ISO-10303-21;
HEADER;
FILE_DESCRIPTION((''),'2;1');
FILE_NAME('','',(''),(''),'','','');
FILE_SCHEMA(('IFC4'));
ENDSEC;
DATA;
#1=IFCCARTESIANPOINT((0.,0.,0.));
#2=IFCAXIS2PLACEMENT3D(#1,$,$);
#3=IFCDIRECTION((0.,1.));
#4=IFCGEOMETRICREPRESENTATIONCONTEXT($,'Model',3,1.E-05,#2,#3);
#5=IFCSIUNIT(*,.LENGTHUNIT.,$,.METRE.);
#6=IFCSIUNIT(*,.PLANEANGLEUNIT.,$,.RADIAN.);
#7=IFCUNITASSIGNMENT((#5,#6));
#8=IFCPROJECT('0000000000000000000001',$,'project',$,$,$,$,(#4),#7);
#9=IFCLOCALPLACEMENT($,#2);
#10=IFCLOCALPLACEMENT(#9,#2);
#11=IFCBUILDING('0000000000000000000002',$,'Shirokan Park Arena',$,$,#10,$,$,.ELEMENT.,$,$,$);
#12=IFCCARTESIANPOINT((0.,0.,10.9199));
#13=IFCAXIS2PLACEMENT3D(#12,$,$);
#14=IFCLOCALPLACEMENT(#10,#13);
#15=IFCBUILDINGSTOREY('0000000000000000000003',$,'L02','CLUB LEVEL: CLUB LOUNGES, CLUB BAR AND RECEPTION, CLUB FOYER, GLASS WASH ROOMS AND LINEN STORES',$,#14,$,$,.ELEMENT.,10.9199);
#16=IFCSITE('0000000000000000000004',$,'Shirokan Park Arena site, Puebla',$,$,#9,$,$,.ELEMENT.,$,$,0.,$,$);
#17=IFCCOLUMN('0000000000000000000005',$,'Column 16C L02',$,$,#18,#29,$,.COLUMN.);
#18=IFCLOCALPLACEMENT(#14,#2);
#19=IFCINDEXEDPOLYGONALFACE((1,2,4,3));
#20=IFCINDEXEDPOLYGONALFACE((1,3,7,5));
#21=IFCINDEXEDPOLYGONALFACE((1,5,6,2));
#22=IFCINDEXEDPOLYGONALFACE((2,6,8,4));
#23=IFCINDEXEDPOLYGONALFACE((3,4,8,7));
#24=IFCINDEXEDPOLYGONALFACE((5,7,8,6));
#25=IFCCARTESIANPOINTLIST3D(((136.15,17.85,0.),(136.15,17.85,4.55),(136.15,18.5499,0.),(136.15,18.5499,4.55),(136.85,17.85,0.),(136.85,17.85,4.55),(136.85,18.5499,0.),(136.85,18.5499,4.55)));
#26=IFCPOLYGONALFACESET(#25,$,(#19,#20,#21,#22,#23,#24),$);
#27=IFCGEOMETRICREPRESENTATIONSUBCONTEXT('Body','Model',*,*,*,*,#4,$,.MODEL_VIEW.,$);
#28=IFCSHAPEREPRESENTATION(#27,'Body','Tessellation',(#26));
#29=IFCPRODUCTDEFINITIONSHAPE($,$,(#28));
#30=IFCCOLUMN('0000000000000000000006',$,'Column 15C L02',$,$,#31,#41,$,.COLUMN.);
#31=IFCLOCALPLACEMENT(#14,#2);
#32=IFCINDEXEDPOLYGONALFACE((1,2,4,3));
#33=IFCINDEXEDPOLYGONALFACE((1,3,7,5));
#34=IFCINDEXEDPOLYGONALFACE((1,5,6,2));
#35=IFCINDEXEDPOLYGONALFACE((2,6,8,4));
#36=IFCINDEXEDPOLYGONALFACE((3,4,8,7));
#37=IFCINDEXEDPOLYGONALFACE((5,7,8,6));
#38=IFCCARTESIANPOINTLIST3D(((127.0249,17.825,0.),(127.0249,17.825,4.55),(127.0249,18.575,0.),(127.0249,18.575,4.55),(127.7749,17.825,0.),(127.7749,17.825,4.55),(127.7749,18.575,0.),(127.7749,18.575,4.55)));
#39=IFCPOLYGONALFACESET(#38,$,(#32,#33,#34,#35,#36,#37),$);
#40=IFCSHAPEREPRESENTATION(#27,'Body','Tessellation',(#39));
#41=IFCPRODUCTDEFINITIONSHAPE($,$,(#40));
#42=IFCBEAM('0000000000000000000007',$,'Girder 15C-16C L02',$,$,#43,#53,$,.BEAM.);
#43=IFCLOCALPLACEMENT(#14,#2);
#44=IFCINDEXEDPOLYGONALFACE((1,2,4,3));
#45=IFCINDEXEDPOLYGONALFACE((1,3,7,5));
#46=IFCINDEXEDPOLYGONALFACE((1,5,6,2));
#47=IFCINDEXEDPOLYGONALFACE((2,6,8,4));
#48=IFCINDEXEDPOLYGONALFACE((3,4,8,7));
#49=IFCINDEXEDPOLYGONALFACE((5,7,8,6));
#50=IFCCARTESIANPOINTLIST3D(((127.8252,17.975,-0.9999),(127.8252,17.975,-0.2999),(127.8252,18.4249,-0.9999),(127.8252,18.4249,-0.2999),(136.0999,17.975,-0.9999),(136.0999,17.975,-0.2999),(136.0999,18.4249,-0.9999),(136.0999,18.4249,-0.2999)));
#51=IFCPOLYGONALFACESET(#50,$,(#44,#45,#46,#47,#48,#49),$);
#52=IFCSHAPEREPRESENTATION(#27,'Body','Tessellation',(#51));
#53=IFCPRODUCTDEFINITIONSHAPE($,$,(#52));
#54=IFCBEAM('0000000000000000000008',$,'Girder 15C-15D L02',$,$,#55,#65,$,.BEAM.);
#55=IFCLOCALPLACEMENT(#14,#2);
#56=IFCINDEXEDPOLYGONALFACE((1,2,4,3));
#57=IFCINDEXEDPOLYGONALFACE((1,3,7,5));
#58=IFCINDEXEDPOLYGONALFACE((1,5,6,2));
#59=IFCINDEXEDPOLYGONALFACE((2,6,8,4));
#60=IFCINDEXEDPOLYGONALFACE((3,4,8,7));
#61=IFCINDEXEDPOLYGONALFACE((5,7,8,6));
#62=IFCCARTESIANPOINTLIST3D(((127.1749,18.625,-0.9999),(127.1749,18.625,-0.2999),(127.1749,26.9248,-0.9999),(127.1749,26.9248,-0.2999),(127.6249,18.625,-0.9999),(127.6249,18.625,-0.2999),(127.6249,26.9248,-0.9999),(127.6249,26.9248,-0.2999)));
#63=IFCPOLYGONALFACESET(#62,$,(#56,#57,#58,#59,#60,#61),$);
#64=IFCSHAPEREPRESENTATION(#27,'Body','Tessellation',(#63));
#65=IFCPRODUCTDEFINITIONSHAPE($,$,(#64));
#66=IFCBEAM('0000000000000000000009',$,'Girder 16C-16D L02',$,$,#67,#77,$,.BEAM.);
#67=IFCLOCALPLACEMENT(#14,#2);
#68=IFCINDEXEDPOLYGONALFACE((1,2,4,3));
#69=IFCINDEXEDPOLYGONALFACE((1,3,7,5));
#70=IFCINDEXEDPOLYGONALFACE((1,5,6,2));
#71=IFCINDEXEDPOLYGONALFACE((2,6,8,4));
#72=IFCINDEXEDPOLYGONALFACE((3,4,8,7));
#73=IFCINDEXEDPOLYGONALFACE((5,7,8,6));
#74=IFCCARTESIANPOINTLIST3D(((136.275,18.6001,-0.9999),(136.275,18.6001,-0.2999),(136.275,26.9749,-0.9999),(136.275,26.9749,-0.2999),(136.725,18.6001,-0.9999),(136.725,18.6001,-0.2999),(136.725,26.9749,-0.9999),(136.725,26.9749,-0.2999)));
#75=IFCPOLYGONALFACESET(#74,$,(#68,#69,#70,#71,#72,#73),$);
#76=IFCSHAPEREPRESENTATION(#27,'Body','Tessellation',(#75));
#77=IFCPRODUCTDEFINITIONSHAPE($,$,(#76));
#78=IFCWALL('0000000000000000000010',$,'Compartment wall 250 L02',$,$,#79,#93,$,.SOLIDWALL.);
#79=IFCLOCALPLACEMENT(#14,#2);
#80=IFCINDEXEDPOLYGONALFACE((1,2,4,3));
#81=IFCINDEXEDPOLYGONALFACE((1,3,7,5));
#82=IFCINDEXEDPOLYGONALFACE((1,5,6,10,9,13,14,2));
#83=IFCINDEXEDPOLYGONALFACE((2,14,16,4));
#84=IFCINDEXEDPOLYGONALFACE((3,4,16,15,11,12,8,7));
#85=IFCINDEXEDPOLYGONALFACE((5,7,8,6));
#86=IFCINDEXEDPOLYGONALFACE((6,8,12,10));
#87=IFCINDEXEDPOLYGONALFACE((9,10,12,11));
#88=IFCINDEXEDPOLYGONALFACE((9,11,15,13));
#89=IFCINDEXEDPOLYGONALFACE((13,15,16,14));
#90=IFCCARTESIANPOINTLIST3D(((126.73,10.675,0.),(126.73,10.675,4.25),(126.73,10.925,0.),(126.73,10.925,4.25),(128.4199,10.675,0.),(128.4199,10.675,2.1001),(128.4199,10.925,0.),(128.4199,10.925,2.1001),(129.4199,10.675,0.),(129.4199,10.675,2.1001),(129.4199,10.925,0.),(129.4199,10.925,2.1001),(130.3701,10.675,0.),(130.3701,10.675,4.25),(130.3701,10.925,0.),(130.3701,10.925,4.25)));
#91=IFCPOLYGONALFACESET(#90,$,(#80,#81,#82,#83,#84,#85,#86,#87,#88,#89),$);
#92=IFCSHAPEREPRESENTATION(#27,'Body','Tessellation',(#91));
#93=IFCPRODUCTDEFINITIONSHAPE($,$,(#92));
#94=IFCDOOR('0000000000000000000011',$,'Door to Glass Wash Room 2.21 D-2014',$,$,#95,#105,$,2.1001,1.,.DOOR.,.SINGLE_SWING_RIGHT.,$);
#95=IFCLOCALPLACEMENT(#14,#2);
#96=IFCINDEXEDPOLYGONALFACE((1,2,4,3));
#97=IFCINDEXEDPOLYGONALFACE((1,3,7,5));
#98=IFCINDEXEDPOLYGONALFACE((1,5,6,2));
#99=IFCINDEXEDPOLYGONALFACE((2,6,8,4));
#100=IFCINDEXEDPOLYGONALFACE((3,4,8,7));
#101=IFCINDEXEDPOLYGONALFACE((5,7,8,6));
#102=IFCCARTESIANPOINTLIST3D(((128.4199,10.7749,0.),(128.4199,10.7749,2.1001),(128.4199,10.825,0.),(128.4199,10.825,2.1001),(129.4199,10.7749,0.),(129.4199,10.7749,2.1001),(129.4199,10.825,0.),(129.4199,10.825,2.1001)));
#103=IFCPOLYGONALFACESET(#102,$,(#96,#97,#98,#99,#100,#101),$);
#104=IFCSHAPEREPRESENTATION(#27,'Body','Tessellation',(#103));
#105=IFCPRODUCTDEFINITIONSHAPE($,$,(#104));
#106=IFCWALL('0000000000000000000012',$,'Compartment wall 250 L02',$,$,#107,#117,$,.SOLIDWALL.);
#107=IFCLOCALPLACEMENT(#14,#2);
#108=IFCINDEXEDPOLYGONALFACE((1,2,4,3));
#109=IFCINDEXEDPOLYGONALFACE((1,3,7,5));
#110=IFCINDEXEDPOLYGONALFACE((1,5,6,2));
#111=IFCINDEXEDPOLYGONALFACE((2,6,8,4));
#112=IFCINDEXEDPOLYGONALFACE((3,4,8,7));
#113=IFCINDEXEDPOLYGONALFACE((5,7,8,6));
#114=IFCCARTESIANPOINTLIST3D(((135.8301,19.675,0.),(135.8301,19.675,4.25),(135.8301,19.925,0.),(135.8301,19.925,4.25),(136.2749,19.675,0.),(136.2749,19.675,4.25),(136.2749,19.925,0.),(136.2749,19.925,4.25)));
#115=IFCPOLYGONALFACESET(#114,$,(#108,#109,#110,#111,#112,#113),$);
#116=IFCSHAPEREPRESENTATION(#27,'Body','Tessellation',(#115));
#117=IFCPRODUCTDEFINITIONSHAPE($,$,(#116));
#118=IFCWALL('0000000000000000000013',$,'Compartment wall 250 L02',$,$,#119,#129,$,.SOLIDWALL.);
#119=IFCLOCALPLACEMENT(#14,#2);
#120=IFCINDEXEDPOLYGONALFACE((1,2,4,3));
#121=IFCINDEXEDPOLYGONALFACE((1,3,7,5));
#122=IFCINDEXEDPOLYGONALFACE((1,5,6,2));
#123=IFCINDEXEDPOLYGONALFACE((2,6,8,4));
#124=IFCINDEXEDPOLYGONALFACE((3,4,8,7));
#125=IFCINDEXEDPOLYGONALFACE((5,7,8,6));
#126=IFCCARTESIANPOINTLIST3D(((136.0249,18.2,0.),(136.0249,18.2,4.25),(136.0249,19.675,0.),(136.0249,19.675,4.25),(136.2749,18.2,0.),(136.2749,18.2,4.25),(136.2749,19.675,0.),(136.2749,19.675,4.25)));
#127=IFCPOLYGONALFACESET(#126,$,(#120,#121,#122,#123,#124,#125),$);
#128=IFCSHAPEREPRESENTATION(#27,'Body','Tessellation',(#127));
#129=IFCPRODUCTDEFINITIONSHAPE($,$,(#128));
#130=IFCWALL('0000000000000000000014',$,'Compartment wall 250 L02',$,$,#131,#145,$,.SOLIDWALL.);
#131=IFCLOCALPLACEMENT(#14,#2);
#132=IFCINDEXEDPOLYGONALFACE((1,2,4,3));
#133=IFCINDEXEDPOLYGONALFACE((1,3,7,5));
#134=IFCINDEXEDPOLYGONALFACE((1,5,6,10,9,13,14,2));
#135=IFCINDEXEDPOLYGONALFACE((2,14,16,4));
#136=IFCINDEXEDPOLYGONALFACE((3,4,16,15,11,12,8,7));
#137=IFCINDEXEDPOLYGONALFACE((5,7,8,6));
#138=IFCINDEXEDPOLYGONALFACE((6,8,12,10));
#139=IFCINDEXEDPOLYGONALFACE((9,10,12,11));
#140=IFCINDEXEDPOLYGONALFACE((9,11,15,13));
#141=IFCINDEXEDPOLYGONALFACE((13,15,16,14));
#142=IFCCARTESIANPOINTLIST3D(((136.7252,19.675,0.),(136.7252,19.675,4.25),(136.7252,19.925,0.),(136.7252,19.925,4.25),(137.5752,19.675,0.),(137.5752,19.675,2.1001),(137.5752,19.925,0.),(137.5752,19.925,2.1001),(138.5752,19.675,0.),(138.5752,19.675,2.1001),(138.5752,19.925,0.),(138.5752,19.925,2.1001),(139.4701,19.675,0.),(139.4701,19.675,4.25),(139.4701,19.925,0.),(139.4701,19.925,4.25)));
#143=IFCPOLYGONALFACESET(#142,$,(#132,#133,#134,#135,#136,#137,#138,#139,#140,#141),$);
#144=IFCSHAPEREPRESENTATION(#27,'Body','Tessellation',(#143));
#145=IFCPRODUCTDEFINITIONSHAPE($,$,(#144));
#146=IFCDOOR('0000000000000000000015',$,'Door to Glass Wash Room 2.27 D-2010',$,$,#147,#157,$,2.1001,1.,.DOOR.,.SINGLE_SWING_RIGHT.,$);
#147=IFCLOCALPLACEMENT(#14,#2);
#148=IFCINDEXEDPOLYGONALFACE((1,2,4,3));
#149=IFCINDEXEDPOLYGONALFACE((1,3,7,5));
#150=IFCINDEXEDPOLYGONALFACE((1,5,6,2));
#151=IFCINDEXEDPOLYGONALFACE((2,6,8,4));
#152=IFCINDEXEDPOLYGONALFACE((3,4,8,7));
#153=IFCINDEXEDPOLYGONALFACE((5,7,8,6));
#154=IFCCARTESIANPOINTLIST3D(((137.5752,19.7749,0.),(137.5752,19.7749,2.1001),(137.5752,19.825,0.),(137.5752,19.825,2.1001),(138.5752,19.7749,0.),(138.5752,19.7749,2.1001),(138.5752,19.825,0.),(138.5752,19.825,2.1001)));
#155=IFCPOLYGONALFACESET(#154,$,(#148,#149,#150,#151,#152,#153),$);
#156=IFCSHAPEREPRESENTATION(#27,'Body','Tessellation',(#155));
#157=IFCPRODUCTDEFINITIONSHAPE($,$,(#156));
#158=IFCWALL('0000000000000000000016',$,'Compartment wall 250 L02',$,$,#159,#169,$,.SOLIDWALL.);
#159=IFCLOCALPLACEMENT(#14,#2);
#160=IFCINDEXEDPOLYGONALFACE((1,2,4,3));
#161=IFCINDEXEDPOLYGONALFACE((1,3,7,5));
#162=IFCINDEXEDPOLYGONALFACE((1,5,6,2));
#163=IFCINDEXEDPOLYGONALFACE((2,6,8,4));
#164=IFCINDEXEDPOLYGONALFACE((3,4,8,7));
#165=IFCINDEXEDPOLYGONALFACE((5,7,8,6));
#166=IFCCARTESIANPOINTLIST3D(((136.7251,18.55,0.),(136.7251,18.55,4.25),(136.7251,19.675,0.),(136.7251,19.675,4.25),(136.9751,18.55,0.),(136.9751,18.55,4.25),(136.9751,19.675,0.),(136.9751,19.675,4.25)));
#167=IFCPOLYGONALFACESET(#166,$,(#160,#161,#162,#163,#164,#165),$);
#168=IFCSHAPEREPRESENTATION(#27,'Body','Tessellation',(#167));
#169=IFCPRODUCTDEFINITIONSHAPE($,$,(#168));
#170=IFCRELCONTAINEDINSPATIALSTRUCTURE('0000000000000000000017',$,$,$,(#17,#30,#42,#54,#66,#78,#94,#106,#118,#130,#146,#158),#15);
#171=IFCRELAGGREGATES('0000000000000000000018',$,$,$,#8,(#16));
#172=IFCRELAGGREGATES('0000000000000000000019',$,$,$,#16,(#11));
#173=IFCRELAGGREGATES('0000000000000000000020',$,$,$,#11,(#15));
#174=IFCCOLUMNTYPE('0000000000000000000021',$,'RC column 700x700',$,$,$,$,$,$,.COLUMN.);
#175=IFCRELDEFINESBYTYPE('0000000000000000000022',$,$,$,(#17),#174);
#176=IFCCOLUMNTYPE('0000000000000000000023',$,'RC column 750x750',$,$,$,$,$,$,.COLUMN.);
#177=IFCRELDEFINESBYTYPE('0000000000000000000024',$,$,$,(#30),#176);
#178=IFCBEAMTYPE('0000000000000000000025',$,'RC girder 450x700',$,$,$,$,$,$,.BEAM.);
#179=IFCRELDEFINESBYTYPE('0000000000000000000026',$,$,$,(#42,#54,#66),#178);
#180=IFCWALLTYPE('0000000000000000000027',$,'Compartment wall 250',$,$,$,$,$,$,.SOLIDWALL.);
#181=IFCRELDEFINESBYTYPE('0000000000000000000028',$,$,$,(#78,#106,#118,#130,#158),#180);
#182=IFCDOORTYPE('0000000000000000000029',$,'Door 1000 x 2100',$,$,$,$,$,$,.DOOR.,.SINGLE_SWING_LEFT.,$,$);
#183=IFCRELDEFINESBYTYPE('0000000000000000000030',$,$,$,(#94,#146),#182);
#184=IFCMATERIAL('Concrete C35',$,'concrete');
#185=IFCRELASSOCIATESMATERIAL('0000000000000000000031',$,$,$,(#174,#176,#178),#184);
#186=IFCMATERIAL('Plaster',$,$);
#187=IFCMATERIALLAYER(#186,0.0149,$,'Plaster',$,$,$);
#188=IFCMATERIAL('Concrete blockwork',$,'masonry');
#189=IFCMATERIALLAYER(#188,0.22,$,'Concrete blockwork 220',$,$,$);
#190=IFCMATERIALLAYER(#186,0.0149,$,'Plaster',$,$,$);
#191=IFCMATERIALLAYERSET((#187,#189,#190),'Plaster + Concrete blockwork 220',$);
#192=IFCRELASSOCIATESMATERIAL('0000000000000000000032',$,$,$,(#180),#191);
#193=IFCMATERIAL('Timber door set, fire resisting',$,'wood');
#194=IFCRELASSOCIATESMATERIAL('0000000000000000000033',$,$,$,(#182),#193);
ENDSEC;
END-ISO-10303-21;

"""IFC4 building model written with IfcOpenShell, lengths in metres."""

from ifc_helpers import new_model, si_unit, direction, frame, frame_2d, origin, origin_2d, place, context, subcontext, project, spatial, rectangle, extrude, material, layer, layer_set, material_profile, profile_set, type_object, element, fill, save


model = new_model("IFC4")

# Units and contexts
model_context = context("Model", 3, precision=1e-05, world=origin(), true_north=direction((0.0, 1.0)))
body_context = subcontext(model_context, "Body", "Model", "MODEL_VIEW")
ifc_project = project(units=[si_unit("LENGTHUNIT", "METRE"), si_unit("PLANEANGLEUNIT", "RADIAN")], contexts=[model_context])

# Site, building, storey
site_placement = place(None, origin())
site = spatial("IfcSite", under=ifc_project, at=site_placement, Name="Shirokan Park Arena site, Puebla", CompositionType="ELEMENT", RefElevation=0.0)
building_placement = place(site_placement, origin())
building = spatial("IfcBuilding", under=site, at=building_placement, Name="Shirokan Park Arena", CompositionType="ELEMENT")
storey_placement = place(building_placement, frame((0.0, 0.0, 10.9199)))
storey = spatial("IfcBuildingStorey", under=building, at=storey_placement, Name="L02", Description="CLUB LEVEL: CLUB LOUNGES, CLUB BAR AND RECEPTION, CLUB FOYER, GLASS WASH ROOMS AND LINEN STORES", CompositionType="ELEMENT", Elevation=10.9199)

# Columns
ifc_material_1 = material(Name="Concrete C35", Category="concrete")
ifc_material_profile_1 = material_profile(ifc_material_1, rectangle(XDim=0.7, YDim=0.7, at=origin_2d()), Name="700x700")
ifc_profile_set_1 = profile_set([ifc_material_profile_1], Name="Concrete C35")
column_type_1 = type_object("IfcColumnType", Name="RC column 700x700", PredefinedType="COLUMN", material=ifc_profile_set_1)
column_1_placement = place(storey_placement, frame((136.5, 18.2, 0.0), z_axis=(0.0, 0.0, 1.0), x_axis=(1.0, 0.0, 0.0)))
element("IfcColumn", 1, at=column_1_placement, inside=storey, type_object=column_type_1, Name="Column 16C L02", PredefinedType="COLUMN", context=body_context, shape_type="SweptSolid", body=[
    extrude(rectangle(XDim=0.7, YDim=0.7, at=origin_2d()), origin(), (0.0, 0.0, 1.0), 4.55),
])
ifc_material_profile_2 = material_profile(ifc_material_1, rectangle(XDim=0.75, YDim=0.75, at=origin_2d()), Name="750x750")
ifc_profile_set_2 = profile_set([ifc_material_profile_2], Name="Concrete C35")
column_type_2 = type_object("IfcColumnType", Name="RC column 750x750", PredefinedType="COLUMN", material=ifc_profile_set_2)
column_2_placement = place(storey_placement, frame((127.3999, 18.2, 0.0), z_axis=(0.0, 0.0, 1.0), x_axis=(1.0, 0.0, 0.0)))
element("IfcColumn", 2, at=column_2_placement, inside=storey, type_object=column_type_2, Name="Column 15C L02", PredefinedType="COLUMN", context=body_context, shape_type="SweptSolid", body=[
    extrude(rectangle(XDim=0.75, YDim=0.75, at=origin_2d()), origin(), (0.0, 0.0, 1.0), 4.55),
])

# Beams
ifc_material_profile_3 = material_profile(ifc_material_1, rectangle(XDim=0.45, YDim=0.7, at=origin_2d()), Name="450x700")
ifc_profile_set_3 = profile_set([ifc_material_profile_3], Name="Concrete C35")
beam_type = type_object("IfcBeamType", Name="RC girder 450x700", PredefinedType="BEAM", material=ifc_profile_set_3)
beam_1_placement = place(storey_placement, frame((127.8252, 18.2, -0.6499), z_axis=(1.0, 0.0, 0.0), x_axis=(0.0, 1.0, 0.0)))
element("IfcBeam", 3, at=beam_1_placement, inside=storey, type_object=beam_type, Name="Girder 15C-16C L02", PredefinedType="BEAM", context=body_context, shape_type="SweptSolid", body=[
    extrude(rectangle(XDim=0.45, YDim=0.7, at=origin_2d()), origin(), (0.0, 0.0, 1.0), 8.2747),
])
beam_2_placement = place(storey_placement, frame((127.3999, 18.625, -0.6499), z_axis=(0.0, 1.0, 0.0), x_axis=(-1.0, 0.0, 0.0)))
element("IfcBeam", 4, at=beam_2_placement, inside=storey, type_object=beam_type, Name="Girder 15C-15D L02", PredefinedType="BEAM", context=body_context, shape_type="SweptSolid", body=[
    extrude(rectangle(XDim=0.45, YDim=0.7, at=origin_2d()), origin(), (0.0, 0.0, 1.0), 8.2998),
])
beam_3_placement = place(storey_placement, frame((136.5, 18.6001, -0.6499), z_axis=(0.0, 1.0, 0.0), x_axis=(-1.0, 0.0, 0.0)))
element("IfcBeam", 5, at=beam_3_placement, inside=storey, type_object=beam_type, Name="Girder 16C-16D L02", PredefinedType="BEAM", context=body_context, shape_type="SweptSolid", body=[
    extrude(rectangle(XDim=0.45, YDim=0.7, at=origin_2d()), origin(), (0.0, 0.0, 1.0), 8.3748),
])

# Wall, opening, door
ifc_material_2 = material(Name="Plaster")
ifc_layer_1 = layer(ifc_material_2, 0.0149, Name="Plaster")
ifc_material_3 = material(Name="Concrete blockwork", Category="masonry")
ifc_layer_2 = layer(ifc_material_3, 0.22, Name="Concrete blockwork 220")
ifc_layer_3 = layer(ifc_material_2, 0.0149, Name="Plaster")
ifc_layer_set_1 = layer_set([ifc_layer_1, ifc_layer_2, ifc_layer_3], Name="Plaster + Concrete blockwork 220")
wall_type_1 = type_object("IfcWallType", Name="Compartment wall 250", PredefinedType="SOLIDWALL", material=ifc_layer_set_1)
wall_1_placement = place(storey_placement, frame((126.73, 10.8, 0.0), z_axis=(0.0, 0.0, 1.0), x_axis=(1.0, 0.0, 0.0)))
wall_1 = element("IfcWall", 6, at=wall_1_placement, inside=storey, type_object=wall_type_1, Name="Compartment wall 250 L02", PredefinedType="SOLIDWALL", context=body_context, shape_type="SweptSolid", body=[
    extrude(rectangle(XDim=3.6401, YDim=0.25, at=frame_2d((1.8201, 0.0))), origin(), (0.0, 0.0, 1.0), 4.25),
])
opening_1_placement = place(wall_1_placement, frame((1.6899, 0.0, 0.0)))
opening_1 = element("IfcOpeningElement", 7, at=opening_1_placement, cuts=wall_1, PredefinedType="OPENING", context=body_context, shape_type="SweptSolid", body=[
    extrude(rectangle(XDim=1.0, YDim=2.1001, at=frame_2d((0.5, 1.05))), frame((0.0, 0.135, 0.0), z_axis=(0.0, -1.0, 0.0), x_axis=(1.0, 0.0, 0.0)), (0.0, 0.0, 1.0), 0.27),
])
ifc_material_4 = material(Name="Timber door set, fire resisting", Category="wood")
door_type_1 = type_object("IfcDoorType", Name="Door 1000 x 2100", OperationType="SINGLE_SWING_LEFT", PredefinedType="DOOR", material=ifc_material_4)
door_1_placement = place(opening_1_placement, origin())
door_1 = element("IfcDoor", 8, at=door_1_placement, inside=storey, type_object=door_type_1, Name="Door to Glass Wash Room 2.21 D-2014", OperationType="SINGLE_SWING_RIGHT", OverallHeight=2.1001, OverallWidth=1.0, PredefinedType="DOOR", context=body_context, shape_type="SweptSolid", body=[
    extrude(rectangle(XDim=1.0, YDim=2.1001, at=frame_2d((0.5, 1.05))), frame((0.0, 0.0249, 0.0), z_axis=(0.0, -1.0, 0.0), x_axis=(1.0, 0.0, 0.0)), (0.0, 0.0, 1.0), 0.05),
])
fill(opening_1, door_1)

# Walls
wall_2_placement = place(storey_placement, frame((135.8301, 19.8, 0.0), z_axis=(0.0, 0.0, 1.0), x_axis=(1.0, 0.0, 0.0)))
element("IfcWall", 9, at=wall_2_placement, inside=storey, type_object=wall_type_1, Name="Compartment wall 250 L02", PredefinedType="SOLIDWALL", context=body_context, shape_type="SweptSolid", body=[
    extrude(rectangle(XDim=0.4448, YDim=0.25, at=frame_2d((0.2224, 0.0))), origin(), (0.0, 0.0, 1.0), 4.25),
])
wall_3_placement = place(storey_placement, frame((136.1499, 18.2, 0.0), z_axis=(0.0, 0.0, 1.0), x_axis=(0.0, 1.0, 0.0)))
element("IfcWall", 10, at=wall_3_placement, inside=storey, type_object=wall_type_1, Name="Compartment wall 250 L02", PredefinedType="SOLIDWALL", context=body_context, shape_type="SweptSolid", body=[
    extrude(rectangle(XDim=1.4751, YDim=0.25, at=frame_2d((0.7375, 0.0))), origin(), (0.0, 0.0, 1.0), 4.25),
])

# Wall, opening, door
wall_4_placement = place(storey_placement, frame((136.7251, 19.8, 0.0), z_axis=(0.0, 0.0, 1.0), x_axis=(1.0, 0.0, 0.0)))
wall_4 = element("IfcWall", 11, at=wall_4_placement, inside=storey, type_object=wall_type_1, Name="Compartment wall 250 L02", PredefinedType="SOLIDWALL", context=body_context, shape_type="SweptSolid", body=[
    extrude(rectangle(XDim=2.7449, YDim=0.25, at=frame_2d((1.3726, 0.0))), origin(), (0.0, 0.0, 1.0), 4.25),
])
opening_2_placement = place(wall_4_placement, frame((0.8501, 0.0, 0.0)))
opening_2 = element("IfcOpeningElement", 12, at=opening_2_placement, cuts=wall_4, PredefinedType="OPENING", context=body_context, shape_type="SweptSolid", body=[
    extrude(rectangle(XDim=1.0, YDim=2.1001, at=frame_2d((0.5, 1.05))), frame((0.0, 0.135, 0.0), z_axis=(0.0, -1.0, 0.0), x_axis=(1.0, 0.0, 0.0)), (0.0, 0.0, 1.0), 0.27),
])
door_2_placement = place(opening_2_placement, origin())
door_2 = element("IfcDoor", 13, at=door_2_placement, inside=storey, type_object=door_type_1, Name="Door to Glass Wash Room 2.27 D-2010", OperationType="SINGLE_SWING_RIGHT", OverallHeight=2.1001, OverallWidth=1.0, PredefinedType="DOOR", context=body_context, shape_type="SweptSolid", body=[
    extrude(rectangle(XDim=1.0, YDim=2.1001, at=frame_2d((0.5, 1.05))), frame((0.0, 0.0249, 0.0), z_axis=(0.0, -1.0, 0.0), x_axis=(1.0, 0.0, 0.0)), (0.0, 0.0, 1.0), 0.05),
])
fill(opening_2, door_2)

# Wall
wall_5_placement = place(storey_placement, frame((136.8501, 18.55, 0.0), z_axis=(0.0, 0.0, 1.0), x_axis=(0.0, 1.0, 0.0)))
element("IfcWall", 14, at=wall_5_placement, inside=storey, type_object=wall_type_1, Name="Compartment wall 250 L02", PredefinedType="SOLIDWALL", context=body_context, shape_type="SweptSolid", body=[
    extrude(rectangle(XDim=1.125, YDim=0.25, at=frame_2d((0.5625, 0.0))), origin(), (0.0, 0.0, 1.0), 4.25),
])

save(model, "model.ifc")
